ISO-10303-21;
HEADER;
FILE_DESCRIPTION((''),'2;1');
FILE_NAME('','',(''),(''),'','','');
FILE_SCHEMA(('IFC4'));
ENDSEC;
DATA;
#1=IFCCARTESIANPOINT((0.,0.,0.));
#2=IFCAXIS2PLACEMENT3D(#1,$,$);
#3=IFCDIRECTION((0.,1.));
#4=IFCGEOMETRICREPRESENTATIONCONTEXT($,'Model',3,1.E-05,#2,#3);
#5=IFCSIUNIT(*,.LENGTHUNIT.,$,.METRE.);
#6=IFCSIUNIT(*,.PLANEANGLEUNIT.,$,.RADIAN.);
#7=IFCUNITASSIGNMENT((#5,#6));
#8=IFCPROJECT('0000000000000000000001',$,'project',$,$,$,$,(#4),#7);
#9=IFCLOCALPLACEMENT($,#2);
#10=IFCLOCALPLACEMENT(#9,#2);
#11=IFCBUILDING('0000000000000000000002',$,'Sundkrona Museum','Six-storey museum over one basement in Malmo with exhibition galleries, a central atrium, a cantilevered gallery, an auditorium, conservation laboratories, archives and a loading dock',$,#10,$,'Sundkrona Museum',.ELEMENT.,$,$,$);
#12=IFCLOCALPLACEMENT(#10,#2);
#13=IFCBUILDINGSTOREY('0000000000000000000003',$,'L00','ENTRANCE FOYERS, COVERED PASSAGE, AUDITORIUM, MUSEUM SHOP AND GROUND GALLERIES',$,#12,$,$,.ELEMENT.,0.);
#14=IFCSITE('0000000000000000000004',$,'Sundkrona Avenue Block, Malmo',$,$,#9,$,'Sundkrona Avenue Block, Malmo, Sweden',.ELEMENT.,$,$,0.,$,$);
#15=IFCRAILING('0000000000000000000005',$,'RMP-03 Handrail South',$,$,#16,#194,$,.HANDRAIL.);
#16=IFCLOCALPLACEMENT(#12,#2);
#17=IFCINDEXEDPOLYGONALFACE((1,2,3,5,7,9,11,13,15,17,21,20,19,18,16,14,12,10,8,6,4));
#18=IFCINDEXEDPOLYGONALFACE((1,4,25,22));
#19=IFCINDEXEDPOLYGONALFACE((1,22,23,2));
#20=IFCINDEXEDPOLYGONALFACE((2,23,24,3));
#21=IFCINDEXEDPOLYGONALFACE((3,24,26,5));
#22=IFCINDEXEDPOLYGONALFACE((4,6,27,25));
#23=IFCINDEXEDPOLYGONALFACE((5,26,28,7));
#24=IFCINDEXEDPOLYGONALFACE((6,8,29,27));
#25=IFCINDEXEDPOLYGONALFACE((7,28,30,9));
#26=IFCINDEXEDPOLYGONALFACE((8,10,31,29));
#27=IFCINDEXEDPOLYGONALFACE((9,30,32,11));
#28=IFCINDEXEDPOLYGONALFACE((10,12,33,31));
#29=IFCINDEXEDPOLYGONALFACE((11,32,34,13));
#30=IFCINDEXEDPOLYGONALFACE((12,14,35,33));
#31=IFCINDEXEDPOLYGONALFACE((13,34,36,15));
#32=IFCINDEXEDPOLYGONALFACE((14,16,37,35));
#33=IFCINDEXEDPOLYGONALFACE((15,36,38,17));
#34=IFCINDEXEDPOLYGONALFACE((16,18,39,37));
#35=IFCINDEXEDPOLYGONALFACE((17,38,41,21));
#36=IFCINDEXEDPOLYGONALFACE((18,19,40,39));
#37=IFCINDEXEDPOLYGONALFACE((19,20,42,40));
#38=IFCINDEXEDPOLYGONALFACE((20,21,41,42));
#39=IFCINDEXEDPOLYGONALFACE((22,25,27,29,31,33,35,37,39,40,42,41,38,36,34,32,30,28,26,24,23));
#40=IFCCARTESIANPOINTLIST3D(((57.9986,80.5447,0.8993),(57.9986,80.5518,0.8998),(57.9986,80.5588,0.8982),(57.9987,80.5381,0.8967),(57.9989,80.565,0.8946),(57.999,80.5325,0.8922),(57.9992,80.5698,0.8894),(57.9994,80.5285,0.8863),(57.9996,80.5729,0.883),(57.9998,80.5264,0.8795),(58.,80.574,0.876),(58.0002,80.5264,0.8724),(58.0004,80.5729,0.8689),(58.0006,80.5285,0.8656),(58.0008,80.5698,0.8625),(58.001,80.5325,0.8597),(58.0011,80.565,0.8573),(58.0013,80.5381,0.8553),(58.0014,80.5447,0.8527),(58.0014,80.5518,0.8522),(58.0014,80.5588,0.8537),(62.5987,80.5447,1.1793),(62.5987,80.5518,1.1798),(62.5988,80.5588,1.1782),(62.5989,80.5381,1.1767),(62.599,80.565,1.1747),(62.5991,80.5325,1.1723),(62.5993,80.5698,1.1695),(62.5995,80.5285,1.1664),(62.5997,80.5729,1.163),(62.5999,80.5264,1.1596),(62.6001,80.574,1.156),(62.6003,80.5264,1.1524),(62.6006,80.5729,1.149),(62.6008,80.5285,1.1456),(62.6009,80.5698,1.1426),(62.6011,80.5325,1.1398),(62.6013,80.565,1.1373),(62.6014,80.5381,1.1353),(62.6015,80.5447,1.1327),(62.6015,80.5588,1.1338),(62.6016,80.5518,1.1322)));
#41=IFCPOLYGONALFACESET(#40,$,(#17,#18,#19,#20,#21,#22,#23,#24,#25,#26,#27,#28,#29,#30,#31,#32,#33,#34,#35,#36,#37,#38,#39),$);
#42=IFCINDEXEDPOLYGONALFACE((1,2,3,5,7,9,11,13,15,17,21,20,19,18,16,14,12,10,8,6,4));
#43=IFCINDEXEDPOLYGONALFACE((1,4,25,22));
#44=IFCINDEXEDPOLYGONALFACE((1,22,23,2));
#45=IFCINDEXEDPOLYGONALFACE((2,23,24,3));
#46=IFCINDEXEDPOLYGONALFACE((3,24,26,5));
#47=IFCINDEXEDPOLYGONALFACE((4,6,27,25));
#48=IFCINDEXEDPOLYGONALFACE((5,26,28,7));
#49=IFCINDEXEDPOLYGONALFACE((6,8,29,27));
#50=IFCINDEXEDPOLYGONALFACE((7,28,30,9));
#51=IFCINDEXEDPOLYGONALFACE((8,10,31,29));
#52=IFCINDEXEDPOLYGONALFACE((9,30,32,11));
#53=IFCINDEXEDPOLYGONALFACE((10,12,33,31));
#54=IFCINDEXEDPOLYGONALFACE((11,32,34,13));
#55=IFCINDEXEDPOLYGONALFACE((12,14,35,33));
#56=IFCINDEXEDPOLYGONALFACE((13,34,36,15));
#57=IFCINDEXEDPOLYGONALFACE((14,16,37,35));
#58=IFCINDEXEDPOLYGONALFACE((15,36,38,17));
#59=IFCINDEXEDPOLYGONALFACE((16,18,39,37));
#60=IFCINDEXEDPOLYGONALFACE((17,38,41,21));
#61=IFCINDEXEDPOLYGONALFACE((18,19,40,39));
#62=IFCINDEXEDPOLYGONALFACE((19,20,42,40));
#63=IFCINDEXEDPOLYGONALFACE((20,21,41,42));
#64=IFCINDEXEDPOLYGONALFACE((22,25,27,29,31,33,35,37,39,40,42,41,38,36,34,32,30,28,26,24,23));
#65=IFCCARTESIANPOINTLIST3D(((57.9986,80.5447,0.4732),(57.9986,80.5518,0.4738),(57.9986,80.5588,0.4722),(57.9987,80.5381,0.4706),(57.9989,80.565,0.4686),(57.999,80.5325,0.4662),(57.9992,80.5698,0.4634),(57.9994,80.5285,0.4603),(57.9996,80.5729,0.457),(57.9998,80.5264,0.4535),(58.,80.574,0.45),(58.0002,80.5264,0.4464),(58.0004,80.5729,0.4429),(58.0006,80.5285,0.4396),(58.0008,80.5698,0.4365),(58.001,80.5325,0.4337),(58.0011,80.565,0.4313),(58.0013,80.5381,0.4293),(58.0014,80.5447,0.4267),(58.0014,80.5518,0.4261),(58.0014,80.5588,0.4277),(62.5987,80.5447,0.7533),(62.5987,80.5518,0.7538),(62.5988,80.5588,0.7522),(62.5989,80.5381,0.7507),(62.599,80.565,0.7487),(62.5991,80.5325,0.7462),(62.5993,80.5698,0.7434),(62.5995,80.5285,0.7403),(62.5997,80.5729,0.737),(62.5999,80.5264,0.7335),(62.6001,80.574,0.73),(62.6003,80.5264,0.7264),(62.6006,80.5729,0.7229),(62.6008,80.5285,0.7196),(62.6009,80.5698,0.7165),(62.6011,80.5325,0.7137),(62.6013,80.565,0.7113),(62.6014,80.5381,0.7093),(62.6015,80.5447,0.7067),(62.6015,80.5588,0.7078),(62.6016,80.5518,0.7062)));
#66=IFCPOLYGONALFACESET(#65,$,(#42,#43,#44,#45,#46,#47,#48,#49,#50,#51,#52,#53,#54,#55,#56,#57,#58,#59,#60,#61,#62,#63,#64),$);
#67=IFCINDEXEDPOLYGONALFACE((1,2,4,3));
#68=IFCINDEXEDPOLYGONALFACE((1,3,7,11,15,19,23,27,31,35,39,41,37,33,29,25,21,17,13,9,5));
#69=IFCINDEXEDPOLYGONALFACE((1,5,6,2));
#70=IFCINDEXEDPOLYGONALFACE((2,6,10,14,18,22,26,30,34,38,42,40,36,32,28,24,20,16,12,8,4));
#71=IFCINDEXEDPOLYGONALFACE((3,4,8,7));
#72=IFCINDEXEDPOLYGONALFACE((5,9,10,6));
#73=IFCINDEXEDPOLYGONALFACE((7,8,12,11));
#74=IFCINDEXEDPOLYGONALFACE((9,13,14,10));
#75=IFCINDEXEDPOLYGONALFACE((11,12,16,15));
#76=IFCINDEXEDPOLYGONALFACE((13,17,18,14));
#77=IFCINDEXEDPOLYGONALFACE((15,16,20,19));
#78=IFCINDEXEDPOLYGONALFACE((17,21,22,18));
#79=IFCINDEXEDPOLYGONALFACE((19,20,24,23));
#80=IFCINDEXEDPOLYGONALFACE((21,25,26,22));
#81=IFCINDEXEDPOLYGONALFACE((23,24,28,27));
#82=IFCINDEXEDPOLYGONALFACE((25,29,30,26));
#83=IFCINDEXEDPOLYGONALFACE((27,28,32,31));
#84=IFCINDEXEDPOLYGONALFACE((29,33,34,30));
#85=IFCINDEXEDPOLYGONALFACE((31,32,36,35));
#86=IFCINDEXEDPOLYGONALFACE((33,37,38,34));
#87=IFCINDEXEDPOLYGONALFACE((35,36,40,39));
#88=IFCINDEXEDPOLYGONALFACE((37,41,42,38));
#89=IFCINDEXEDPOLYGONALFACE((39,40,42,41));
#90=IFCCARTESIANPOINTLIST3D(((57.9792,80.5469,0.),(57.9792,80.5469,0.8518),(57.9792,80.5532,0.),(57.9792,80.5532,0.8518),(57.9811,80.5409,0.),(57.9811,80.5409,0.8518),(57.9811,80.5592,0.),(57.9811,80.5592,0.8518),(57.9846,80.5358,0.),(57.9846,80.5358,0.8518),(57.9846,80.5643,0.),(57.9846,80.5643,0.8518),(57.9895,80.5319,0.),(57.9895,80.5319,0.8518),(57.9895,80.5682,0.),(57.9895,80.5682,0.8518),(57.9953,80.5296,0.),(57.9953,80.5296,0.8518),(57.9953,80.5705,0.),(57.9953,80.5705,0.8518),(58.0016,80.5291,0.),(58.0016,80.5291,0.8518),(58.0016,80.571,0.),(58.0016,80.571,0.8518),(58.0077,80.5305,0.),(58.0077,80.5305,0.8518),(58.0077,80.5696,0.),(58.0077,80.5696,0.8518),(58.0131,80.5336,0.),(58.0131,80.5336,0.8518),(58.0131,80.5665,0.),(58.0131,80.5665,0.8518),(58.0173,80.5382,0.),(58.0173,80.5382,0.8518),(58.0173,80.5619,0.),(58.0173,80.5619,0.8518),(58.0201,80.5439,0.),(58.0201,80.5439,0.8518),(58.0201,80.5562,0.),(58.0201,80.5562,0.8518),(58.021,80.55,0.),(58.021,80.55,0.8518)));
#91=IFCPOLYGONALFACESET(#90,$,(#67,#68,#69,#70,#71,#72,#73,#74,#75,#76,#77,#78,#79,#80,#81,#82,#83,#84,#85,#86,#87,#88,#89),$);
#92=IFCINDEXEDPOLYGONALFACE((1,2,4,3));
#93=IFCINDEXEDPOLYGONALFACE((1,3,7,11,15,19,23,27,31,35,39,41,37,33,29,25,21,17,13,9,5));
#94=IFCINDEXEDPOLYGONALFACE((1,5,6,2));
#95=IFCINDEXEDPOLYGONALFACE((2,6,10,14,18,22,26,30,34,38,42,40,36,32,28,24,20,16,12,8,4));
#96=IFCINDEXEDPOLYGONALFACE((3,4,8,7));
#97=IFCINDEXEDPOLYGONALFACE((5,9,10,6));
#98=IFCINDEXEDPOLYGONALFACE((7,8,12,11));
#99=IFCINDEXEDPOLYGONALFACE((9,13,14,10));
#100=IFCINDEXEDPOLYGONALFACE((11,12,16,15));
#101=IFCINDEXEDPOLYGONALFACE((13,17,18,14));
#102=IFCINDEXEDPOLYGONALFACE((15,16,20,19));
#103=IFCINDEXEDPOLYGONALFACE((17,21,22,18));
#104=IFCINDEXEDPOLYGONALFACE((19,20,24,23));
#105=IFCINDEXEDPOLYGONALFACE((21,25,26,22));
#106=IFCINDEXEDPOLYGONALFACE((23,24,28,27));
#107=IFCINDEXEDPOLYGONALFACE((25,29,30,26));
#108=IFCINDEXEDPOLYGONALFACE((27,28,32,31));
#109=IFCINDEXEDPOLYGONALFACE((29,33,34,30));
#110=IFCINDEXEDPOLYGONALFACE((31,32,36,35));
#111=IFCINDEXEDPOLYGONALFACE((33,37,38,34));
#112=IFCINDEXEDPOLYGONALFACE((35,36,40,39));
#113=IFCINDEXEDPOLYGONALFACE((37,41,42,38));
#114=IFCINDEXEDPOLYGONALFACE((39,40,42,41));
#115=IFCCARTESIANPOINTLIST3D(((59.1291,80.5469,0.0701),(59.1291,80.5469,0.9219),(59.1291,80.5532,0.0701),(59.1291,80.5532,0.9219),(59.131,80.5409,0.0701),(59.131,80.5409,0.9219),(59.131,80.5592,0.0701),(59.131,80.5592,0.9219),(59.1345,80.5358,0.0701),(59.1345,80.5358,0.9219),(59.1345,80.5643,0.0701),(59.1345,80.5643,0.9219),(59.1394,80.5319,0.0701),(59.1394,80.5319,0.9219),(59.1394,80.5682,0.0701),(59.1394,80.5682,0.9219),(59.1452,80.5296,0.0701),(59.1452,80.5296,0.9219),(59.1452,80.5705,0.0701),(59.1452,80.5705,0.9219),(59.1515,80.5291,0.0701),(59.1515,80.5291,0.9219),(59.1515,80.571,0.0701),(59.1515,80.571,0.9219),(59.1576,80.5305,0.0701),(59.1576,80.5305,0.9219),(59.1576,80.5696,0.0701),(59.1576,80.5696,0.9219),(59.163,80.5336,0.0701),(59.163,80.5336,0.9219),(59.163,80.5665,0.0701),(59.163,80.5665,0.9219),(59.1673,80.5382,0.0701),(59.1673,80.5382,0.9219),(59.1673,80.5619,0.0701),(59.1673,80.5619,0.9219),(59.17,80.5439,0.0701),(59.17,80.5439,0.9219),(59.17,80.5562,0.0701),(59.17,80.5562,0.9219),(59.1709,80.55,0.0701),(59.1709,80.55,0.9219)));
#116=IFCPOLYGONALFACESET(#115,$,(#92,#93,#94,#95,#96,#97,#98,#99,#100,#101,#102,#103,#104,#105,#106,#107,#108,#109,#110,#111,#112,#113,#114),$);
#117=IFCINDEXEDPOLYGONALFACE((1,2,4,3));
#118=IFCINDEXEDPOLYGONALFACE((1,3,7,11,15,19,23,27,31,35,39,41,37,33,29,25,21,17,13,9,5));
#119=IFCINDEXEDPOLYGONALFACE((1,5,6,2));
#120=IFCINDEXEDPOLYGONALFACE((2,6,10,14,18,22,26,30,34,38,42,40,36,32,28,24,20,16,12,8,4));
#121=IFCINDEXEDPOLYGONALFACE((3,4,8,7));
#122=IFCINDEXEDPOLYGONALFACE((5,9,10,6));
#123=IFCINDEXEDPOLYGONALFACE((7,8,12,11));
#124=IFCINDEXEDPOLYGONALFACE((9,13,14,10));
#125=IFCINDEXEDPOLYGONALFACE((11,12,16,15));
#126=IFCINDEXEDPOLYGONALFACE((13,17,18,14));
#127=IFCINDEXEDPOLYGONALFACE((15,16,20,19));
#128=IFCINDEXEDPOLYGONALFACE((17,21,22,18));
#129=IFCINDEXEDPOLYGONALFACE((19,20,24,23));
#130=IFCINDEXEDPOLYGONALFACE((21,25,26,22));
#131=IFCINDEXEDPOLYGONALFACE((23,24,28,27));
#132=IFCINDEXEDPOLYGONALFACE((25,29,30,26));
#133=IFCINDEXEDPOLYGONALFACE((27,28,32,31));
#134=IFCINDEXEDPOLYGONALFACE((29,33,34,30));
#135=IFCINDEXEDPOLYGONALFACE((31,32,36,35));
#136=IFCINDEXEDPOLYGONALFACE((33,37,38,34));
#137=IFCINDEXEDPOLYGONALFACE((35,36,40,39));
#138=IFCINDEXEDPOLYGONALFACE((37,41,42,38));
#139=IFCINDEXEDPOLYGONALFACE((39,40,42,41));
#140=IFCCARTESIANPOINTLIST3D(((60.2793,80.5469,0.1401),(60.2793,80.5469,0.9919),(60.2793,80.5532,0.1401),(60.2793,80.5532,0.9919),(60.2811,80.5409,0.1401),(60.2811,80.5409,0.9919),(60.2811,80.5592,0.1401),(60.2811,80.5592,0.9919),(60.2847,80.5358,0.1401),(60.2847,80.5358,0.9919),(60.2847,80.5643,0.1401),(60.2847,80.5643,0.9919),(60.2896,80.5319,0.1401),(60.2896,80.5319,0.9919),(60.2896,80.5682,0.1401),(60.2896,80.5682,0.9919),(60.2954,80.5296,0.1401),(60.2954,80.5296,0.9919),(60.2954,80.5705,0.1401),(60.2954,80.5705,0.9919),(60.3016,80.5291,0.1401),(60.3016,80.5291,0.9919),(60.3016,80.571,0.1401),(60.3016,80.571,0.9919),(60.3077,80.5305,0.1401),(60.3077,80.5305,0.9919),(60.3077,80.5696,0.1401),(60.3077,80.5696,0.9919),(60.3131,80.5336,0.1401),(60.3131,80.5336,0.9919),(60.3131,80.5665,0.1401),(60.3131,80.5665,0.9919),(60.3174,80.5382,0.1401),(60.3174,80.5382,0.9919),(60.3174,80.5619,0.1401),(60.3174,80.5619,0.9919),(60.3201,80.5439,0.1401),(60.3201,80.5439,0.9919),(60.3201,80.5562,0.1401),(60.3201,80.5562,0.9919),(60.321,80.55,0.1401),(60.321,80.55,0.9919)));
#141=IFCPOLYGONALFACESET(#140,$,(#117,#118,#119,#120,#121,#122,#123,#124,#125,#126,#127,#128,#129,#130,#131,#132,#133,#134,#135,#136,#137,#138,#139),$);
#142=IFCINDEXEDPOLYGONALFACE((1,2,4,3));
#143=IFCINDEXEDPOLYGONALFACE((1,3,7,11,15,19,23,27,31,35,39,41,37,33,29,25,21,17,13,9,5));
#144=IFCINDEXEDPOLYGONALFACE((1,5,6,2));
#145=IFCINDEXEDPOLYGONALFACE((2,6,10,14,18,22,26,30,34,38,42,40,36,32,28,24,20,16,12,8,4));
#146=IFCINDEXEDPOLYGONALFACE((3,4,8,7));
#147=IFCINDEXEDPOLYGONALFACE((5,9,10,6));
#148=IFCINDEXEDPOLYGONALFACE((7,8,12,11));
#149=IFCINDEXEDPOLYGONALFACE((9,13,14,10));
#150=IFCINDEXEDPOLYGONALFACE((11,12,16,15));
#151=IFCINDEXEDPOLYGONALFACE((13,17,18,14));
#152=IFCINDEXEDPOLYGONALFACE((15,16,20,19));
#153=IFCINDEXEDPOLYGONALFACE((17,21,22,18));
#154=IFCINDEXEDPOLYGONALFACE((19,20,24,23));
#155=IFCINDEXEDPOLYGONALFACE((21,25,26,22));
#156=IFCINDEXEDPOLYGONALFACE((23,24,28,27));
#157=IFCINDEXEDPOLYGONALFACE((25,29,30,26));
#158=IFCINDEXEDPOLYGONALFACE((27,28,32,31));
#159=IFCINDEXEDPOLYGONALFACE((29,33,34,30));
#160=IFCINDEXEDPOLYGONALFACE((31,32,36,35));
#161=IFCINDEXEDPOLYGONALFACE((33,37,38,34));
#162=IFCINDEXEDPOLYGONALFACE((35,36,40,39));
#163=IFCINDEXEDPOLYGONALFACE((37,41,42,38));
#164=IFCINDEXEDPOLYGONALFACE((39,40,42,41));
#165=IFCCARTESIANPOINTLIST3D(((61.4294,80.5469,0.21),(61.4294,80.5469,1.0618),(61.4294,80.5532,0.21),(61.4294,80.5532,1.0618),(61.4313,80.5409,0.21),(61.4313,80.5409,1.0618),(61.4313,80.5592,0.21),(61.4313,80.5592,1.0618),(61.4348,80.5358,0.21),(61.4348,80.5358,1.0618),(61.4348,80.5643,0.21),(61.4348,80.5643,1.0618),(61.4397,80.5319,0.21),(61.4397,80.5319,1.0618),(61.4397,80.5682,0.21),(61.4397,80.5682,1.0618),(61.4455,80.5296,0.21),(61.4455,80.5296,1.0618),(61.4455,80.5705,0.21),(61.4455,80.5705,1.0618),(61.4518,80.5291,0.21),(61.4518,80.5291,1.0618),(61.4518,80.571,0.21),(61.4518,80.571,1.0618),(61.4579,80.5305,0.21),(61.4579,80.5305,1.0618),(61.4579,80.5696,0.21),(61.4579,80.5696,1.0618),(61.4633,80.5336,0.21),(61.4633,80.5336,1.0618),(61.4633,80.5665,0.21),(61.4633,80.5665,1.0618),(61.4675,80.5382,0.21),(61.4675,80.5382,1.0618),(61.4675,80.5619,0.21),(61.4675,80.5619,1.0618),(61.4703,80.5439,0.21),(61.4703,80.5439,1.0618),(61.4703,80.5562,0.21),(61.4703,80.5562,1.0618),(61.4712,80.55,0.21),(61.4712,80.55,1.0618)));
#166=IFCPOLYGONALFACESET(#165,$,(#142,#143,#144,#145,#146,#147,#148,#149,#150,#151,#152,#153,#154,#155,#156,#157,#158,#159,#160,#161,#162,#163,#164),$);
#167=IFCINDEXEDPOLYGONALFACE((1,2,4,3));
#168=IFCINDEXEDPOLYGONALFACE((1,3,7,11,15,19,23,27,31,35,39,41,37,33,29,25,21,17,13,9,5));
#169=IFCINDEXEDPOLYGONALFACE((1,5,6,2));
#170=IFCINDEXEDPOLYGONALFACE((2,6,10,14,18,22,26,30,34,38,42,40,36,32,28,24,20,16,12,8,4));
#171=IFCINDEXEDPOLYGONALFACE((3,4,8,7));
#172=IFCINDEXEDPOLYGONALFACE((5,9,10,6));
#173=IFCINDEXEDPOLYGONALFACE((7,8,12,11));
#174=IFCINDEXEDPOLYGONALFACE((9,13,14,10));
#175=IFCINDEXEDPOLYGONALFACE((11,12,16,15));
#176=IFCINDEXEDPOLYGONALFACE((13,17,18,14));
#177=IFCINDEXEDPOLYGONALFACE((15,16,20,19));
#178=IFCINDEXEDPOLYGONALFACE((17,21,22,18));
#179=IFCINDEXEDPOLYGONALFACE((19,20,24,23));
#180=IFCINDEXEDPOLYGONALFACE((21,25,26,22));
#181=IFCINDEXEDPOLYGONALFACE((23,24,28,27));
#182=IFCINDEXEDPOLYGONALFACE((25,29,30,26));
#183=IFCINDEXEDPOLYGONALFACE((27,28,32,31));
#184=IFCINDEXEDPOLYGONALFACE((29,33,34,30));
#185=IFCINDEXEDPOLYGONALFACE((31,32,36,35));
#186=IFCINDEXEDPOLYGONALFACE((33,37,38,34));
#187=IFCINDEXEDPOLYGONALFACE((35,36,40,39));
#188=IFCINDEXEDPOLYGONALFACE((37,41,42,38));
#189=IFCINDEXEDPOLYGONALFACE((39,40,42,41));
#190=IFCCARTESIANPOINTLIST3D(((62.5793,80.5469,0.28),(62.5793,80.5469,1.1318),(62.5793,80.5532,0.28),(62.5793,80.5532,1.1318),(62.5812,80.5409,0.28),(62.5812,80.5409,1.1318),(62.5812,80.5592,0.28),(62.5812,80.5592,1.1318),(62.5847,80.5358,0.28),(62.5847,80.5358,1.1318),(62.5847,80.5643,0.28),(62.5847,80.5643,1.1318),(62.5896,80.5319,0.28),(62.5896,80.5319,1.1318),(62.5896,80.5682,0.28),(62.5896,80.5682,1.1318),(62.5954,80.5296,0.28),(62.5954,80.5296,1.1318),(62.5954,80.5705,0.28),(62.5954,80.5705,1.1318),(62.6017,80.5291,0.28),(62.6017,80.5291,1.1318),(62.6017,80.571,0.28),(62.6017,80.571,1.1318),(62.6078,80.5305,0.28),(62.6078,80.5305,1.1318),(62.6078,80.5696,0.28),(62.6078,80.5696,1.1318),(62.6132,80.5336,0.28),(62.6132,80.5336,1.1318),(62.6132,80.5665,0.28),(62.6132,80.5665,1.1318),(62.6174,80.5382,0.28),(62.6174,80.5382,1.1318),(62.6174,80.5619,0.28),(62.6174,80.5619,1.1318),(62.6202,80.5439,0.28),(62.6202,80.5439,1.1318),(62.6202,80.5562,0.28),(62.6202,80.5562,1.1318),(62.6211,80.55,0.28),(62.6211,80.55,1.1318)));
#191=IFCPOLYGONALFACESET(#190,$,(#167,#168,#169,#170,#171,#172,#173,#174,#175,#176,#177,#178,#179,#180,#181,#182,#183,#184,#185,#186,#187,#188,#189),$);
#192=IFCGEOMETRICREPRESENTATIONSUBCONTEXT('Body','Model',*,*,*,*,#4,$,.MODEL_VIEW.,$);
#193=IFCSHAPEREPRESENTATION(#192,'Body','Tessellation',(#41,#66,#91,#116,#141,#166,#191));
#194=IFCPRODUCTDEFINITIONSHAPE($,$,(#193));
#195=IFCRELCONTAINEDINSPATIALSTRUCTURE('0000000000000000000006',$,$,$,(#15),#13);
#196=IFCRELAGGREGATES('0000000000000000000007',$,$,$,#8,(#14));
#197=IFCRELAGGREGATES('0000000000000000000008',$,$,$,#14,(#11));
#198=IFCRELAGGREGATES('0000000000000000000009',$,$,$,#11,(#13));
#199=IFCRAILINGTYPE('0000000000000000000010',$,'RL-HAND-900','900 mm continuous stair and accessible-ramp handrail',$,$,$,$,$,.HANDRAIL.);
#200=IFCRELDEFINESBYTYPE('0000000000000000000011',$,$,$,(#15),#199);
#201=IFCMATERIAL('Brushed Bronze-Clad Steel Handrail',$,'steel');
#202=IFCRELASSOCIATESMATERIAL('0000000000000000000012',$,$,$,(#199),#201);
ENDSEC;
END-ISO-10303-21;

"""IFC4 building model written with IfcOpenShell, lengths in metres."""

from ifc_helpers import new_model, si_unit, direction, frame, origin, origin_2d, place, context, subcontext, project, spatial, circle, extrude, material, type_object, element, save


model = new_model("IFC4")

# Units and contexts
model_context = context("Model", 3, precision=1e-05, world=origin(), true_north=direction((0.0, 1.0)))
body_context = subcontext(model_context, "Body", "Model", "MODEL_VIEW")
ifc_project = project(units=[si_unit("LENGTHUNIT", "METRE"), si_unit("PLANEANGLEUNIT", "RADIAN")], contexts=[model_context])

# Site, building, storey
site_placement = place(None, origin())
site = spatial("IfcSite", under=ifc_project, at=site_placement, Name="Sundkrona Avenue Block, Malmo", LongName="Sundkrona Avenue Block, Malmo, Sweden", CompositionType="ELEMENT", RefElevation=0.0)
building_placement = place(site_placement, origin())
building = spatial("IfcBuilding", under=site, at=building_placement, Name="Sundkrona Museum", Description="Six-storey museum over one basement in Malmo with exhibition galleries, a central atrium, a cantilevered gallery, an auditorium, conservation laboratories, archives and a loading dock", LongName="Sundkrona Museum", CompositionType="ELEMENT")
storey_placement = place(building_placement, origin())
storey = spatial("IfcBuildingStorey", under=building, at=storey_placement, Name="L00", Description="ENTRANCE FOYERS, COVERED PASSAGE, AUDITORIUM, MUSEUM SHOP AND GROUND GALLERIES", CompositionType="ELEMENT", Elevation=0.0)

# Railing
ifc_material_1 = material(Name="Brushed Bronze-Clad Steel Handrail", Category="steel")
railing_type = type_object("IfcRailingType", Name="RL-HAND-900", Description="900 mm continuous stair and accessible-ramp handrail", PredefinedType="HANDRAIL", material=ifc_material_1)
railing_placement = place(storey_placement, frame((58.0, 80.55, 0.0)))
element("IfcRailing", 1, at=railing_placement, inside=storey, type_object=railing_type, Name="RMP-03 Handrail South", PredefinedType="HANDRAIL", context=body_context, shape_type="SweptSolid", body=[
    extrude(circle(Radius=0.0239, at=origin_2d()), frame((0.0, 0.0, 0.876), z_axis=(0.998152, 0.0, 0.060762), x_axis=(0.0, 1.0, 0.0)), (0.0, 0.0, 1.0), 4.6086),
    extrude(circle(Radius=0.0239, at=origin_2d()), frame((0.0, 0.0, 0.45), z_axis=(0.998152, 0.0, 0.060762), x_axis=(0.0, 1.0, 0.0)), (0.0, 0.0, 1.0), 4.6086),
    extrude(circle(Radius=0.021, at=origin_2d()), origin(), (0.0, 0.0, 1.0), 0.8518),
    extrude(circle(Radius=0.021, at=origin_2d()), frame((1.1499, 0.0, 0.0701)), (0.0, 0.0, 1.0), 0.8518),
    extrude(circle(Radius=0.021, at=origin_2d()), frame((2.3, 0.0, 0.1401)), (0.0, 0.0, 1.0), 0.8518),
    extrude(circle(Radius=0.021, at=origin_2d()), frame((3.4502, 0.0, 0.21)), (0.0, 0.0, 1.0), 0.8518),
    extrude(circle(Radius=0.021, at=origin_2d()), frame((4.6001, 0.0, 0.28)), (0.0, 0.0, 1.0), 0.8518),
])

save(model, "model.ifc")
